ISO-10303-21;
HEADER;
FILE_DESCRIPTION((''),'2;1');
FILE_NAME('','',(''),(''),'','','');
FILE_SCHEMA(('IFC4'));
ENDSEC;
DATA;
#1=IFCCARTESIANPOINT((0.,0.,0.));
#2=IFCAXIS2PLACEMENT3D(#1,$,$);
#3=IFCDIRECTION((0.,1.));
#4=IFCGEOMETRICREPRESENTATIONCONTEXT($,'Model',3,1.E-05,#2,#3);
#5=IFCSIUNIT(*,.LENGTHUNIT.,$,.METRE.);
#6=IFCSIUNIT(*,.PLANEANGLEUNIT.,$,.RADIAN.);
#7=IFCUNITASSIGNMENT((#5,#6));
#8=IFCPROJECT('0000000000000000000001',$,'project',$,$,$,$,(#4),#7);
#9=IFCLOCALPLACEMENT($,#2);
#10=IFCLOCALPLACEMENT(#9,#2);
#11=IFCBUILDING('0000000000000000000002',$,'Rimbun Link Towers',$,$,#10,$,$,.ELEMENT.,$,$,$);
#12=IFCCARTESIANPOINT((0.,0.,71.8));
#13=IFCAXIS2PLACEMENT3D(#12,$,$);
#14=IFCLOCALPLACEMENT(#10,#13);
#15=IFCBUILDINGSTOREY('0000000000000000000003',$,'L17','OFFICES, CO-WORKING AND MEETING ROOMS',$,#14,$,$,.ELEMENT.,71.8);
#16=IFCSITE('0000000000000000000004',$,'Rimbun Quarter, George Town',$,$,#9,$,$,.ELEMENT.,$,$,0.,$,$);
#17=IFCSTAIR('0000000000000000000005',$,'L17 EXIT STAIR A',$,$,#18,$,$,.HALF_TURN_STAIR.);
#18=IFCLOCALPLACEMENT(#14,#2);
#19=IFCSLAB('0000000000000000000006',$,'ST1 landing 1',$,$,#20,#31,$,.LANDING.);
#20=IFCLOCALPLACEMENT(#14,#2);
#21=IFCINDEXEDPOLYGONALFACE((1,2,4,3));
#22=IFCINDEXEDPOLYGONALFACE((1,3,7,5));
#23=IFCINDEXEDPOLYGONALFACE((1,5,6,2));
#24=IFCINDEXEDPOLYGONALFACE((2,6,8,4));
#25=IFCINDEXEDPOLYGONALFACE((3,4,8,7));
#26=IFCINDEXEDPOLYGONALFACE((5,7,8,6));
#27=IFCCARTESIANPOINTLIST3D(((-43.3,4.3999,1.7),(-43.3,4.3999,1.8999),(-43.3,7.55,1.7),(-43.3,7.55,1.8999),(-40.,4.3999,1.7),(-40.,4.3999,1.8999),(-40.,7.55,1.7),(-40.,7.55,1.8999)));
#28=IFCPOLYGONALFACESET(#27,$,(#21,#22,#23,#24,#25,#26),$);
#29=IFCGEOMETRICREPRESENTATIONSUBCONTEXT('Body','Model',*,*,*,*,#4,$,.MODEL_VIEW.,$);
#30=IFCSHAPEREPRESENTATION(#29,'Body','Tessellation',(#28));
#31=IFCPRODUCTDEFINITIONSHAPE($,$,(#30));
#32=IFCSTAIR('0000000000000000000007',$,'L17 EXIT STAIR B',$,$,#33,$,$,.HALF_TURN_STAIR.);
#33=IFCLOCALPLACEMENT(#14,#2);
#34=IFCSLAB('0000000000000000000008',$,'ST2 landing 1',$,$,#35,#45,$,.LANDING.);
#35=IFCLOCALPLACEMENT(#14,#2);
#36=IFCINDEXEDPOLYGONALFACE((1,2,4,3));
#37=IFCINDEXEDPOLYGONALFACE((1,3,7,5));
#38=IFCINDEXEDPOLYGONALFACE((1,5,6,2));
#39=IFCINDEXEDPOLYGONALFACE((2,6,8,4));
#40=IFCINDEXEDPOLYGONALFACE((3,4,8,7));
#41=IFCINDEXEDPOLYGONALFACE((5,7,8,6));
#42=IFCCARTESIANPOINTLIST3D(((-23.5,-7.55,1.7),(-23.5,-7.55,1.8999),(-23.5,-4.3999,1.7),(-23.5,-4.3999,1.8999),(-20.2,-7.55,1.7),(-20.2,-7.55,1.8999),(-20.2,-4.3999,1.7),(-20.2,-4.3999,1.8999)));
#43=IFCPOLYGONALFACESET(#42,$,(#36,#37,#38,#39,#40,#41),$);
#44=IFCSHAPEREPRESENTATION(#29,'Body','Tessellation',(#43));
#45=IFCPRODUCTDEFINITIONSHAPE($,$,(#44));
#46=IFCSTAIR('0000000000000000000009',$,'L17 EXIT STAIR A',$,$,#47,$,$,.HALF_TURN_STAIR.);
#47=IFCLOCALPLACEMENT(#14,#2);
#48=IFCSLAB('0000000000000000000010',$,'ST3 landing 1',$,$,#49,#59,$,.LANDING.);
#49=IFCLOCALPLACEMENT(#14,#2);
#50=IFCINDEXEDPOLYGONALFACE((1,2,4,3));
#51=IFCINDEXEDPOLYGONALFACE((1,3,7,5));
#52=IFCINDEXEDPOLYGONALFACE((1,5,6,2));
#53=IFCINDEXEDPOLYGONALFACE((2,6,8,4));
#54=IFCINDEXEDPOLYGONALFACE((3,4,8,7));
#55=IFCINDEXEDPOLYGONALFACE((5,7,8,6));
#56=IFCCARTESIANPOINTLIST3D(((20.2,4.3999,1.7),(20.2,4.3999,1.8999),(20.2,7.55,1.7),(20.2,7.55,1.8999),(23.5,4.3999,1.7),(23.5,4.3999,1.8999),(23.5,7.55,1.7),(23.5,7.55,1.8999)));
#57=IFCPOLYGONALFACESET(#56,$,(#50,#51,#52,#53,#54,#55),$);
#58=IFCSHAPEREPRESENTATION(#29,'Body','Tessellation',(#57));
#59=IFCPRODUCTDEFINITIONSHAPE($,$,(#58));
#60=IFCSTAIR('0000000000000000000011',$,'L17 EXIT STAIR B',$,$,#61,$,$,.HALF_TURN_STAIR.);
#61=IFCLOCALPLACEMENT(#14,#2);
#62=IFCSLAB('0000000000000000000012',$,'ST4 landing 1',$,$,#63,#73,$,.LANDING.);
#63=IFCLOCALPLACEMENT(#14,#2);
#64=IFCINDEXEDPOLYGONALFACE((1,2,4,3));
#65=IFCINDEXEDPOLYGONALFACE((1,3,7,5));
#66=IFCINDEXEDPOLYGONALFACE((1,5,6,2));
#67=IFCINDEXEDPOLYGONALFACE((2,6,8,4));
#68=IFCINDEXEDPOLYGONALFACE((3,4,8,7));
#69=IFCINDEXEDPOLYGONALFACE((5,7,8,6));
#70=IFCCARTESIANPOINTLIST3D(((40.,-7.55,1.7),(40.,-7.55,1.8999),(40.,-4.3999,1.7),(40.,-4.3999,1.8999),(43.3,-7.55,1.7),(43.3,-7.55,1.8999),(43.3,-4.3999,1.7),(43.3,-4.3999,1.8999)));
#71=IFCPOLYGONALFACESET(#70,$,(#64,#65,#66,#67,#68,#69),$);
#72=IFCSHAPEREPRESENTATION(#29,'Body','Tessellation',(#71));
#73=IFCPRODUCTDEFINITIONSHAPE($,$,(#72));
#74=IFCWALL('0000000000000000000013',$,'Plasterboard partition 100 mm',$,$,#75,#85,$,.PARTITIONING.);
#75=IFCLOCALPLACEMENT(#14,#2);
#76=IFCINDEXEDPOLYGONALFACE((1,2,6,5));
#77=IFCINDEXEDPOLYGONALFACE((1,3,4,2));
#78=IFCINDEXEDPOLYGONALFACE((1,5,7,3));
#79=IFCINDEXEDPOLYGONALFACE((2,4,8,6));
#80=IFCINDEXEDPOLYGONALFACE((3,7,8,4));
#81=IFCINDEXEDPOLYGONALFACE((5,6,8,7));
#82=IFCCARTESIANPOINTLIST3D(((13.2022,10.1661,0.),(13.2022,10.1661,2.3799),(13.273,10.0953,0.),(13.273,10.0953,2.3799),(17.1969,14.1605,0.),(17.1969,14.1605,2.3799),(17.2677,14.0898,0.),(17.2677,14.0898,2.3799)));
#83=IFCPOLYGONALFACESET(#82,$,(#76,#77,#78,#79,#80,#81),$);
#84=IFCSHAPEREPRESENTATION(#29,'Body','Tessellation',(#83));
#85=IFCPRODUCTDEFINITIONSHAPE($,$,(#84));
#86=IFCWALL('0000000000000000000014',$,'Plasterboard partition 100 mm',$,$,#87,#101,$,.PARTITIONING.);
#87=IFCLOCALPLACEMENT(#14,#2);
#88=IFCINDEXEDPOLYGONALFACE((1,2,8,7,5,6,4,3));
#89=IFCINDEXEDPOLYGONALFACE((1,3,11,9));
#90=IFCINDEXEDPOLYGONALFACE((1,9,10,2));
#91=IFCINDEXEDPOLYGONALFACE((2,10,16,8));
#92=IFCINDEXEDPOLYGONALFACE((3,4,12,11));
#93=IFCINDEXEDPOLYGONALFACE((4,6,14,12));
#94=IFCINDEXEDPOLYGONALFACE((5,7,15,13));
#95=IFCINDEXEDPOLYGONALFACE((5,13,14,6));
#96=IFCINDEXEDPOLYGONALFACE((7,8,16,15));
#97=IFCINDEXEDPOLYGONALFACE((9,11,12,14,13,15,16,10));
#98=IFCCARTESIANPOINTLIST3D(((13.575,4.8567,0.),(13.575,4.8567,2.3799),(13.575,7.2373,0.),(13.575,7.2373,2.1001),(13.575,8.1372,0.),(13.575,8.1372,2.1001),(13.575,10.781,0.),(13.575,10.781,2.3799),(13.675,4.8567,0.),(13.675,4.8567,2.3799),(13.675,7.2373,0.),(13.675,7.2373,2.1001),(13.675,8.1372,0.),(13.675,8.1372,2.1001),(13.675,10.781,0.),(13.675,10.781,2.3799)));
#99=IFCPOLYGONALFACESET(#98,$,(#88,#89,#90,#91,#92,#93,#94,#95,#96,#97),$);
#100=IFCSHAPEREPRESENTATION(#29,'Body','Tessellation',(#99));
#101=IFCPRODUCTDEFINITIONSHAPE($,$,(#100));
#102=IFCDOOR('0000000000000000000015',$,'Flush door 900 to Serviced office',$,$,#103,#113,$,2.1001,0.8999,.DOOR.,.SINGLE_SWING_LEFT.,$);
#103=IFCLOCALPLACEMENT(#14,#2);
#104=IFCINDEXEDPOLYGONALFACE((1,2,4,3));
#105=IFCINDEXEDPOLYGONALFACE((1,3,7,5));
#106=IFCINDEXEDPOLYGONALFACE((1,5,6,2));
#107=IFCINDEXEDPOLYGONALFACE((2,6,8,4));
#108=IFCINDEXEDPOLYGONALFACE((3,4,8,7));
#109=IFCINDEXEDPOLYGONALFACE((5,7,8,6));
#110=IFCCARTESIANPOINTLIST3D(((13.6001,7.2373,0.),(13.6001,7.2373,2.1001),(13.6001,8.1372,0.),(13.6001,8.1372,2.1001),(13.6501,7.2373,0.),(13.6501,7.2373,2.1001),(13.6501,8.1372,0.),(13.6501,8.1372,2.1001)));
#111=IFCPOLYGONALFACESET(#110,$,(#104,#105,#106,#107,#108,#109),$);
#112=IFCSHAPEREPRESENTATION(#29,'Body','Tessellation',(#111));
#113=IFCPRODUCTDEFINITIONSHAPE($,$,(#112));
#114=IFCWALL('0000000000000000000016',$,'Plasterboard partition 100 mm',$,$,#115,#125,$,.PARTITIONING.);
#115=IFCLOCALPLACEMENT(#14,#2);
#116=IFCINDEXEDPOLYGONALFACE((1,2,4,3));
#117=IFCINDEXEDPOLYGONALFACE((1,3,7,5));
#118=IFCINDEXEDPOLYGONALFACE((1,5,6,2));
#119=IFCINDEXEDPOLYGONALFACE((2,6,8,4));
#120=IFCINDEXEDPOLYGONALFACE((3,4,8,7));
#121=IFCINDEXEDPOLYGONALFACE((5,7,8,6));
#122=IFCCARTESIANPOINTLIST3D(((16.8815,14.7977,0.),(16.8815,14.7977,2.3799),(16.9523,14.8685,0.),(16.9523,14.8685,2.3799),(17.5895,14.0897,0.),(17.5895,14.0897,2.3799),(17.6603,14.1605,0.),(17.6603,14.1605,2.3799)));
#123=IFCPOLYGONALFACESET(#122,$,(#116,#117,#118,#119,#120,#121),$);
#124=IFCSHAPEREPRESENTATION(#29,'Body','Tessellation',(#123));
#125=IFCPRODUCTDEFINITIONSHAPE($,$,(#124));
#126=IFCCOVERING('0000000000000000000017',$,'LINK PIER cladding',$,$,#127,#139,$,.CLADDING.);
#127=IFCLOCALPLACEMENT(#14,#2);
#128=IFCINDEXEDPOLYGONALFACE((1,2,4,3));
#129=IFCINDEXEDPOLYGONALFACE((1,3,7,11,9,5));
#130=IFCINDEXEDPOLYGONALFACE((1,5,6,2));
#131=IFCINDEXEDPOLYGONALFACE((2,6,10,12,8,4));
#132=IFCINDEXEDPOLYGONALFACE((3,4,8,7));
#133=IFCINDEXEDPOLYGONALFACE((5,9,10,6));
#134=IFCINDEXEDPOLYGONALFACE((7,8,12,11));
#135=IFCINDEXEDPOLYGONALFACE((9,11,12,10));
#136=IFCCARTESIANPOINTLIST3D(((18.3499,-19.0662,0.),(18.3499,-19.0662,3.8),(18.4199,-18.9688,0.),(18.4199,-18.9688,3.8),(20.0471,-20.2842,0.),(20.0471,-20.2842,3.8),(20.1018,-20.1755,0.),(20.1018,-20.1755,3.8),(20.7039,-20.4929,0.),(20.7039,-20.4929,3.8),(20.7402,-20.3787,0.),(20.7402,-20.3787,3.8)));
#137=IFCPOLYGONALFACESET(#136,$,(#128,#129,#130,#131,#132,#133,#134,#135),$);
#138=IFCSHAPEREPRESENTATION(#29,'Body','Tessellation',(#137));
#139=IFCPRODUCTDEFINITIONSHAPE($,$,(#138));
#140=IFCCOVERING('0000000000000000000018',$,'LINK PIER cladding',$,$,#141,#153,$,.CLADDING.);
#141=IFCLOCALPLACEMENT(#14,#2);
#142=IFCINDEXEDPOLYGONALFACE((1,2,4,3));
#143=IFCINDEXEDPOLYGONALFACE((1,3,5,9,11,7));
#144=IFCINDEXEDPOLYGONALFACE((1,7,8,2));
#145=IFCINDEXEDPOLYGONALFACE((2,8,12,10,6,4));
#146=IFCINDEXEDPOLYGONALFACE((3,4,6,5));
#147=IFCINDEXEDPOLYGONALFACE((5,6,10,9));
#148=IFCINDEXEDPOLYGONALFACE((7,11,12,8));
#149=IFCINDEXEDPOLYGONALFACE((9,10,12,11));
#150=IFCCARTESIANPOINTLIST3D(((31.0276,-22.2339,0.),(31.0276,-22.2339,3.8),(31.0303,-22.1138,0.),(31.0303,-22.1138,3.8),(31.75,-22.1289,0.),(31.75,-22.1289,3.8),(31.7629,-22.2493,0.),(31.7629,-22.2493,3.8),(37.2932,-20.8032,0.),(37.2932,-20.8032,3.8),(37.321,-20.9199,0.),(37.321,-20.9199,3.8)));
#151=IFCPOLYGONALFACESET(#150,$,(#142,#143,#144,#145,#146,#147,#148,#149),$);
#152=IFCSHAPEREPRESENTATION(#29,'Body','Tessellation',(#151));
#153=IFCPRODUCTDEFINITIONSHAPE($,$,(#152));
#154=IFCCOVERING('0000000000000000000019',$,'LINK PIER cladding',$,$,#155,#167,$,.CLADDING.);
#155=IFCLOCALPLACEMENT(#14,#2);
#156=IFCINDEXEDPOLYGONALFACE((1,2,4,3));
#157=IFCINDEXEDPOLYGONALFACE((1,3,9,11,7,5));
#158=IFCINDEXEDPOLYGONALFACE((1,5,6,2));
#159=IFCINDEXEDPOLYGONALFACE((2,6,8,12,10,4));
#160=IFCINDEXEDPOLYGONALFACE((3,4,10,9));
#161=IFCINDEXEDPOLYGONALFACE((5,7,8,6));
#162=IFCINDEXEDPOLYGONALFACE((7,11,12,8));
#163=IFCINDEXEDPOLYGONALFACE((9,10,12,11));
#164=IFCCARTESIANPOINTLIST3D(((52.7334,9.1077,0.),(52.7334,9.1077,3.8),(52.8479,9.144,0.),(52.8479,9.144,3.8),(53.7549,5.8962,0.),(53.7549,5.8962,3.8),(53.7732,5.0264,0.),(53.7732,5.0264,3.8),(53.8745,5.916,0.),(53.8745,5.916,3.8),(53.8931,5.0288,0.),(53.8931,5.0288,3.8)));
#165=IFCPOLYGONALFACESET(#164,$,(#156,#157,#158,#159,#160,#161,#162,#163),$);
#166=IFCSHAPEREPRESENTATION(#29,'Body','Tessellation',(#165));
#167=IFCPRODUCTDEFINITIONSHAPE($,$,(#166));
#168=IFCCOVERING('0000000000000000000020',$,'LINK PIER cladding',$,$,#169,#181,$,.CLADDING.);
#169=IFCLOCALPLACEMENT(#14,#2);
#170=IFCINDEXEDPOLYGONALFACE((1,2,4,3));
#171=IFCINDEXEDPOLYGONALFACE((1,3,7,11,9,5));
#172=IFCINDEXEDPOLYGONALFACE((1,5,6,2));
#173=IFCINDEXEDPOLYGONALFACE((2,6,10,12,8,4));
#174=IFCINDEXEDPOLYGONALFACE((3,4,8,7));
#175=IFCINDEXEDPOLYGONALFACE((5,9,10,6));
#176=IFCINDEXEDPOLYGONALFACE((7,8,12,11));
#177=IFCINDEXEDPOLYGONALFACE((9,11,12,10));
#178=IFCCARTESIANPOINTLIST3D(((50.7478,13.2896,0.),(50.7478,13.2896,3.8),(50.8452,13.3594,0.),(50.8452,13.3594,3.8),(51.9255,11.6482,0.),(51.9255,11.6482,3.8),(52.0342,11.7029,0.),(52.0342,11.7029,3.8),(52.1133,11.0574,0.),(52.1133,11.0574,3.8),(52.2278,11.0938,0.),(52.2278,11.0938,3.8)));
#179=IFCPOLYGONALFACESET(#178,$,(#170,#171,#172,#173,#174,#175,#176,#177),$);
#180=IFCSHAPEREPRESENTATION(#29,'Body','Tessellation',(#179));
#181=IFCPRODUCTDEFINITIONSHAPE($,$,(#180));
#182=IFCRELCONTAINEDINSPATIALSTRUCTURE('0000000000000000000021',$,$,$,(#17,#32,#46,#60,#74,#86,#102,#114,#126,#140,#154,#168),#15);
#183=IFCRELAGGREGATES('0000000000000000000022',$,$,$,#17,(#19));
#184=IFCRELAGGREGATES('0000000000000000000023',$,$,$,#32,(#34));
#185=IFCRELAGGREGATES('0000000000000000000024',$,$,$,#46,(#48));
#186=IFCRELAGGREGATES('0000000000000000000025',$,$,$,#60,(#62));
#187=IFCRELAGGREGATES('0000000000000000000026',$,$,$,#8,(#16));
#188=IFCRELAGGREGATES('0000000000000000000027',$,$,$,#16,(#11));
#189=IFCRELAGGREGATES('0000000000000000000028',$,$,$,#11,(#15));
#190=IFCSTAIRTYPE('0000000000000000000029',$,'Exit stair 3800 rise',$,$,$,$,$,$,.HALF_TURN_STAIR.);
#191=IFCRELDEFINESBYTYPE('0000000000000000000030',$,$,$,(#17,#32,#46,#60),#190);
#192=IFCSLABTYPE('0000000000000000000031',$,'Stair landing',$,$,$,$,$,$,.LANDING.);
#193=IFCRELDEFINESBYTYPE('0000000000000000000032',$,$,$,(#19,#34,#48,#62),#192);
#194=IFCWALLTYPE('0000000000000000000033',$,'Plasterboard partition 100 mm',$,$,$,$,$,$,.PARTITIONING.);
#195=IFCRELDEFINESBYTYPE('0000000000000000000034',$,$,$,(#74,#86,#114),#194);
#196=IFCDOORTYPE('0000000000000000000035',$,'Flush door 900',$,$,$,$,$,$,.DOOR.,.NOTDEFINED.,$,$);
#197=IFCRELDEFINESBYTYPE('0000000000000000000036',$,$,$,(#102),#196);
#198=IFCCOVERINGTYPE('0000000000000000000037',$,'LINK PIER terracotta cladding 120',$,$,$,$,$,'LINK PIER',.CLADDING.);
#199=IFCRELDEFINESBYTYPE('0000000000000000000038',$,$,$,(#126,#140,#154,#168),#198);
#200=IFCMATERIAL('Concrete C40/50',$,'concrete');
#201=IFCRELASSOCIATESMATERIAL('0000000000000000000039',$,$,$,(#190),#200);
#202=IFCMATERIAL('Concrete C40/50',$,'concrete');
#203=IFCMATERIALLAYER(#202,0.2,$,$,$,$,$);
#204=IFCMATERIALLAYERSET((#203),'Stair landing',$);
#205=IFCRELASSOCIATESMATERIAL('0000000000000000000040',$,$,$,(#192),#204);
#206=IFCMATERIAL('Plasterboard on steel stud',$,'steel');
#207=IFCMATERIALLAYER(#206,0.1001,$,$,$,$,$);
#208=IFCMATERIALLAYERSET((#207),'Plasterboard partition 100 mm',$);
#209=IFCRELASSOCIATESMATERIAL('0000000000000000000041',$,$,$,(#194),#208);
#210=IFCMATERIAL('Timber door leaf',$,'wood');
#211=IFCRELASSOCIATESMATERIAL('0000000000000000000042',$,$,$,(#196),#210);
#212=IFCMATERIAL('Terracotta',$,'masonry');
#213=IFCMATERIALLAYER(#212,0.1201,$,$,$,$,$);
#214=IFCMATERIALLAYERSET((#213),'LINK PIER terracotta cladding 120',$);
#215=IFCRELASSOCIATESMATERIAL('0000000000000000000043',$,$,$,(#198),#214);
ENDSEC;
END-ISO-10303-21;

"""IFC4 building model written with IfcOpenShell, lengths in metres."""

from ifc_helpers import new_model, si_unit, direction, frame, frame_2d, origin, place, context, subcontext, project, spatial, polyline, rectangle, outline, extrude, material, layer, layer_set, type_object, element, fill, aggregate, save


model = new_model("IFC4")

# Units and contexts
model_context = context("Model", 3, precision=1e-05, world=origin(), true_north=direction((0.0, 1.0)))
body_context = subcontext(model_context, "Body", "Model", "MODEL_VIEW")
ifc_project = project(units=[si_unit("LENGTHUNIT", "METRE"), si_unit("PLANEANGLEUNIT", "RADIAN")], contexts=[model_context])

# Site, building, storey
site_placement = place(None, origin())
site = spatial("IfcSite", under=ifc_project, at=site_placement, Name="Rimbun Quarter, George Town", CompositionType="ELEMENT", RefElevation=0.0)
building_placement = place(site_placement, origin())
building = spatial("IfcBuilding", under=site, at=building_placement, Name="Rimbun Link Towers", CompositionType="ELEMENT")
storey_placement = place(building_placement, frame((0.0, 0.0, 71.8)))
storey = spatial("IfcBuildingStorey", under=building, at=storey_placement, Name="L17", Description="OFFICES, CO-WORKING AND MEETING ROOMS", CompositionType="ELEMENT", Elevation=71.8)

# Stairs, slabs
ifc_material_1 = material(Name="Concrete C40/50", Category="concrete")
stair_type = type_object("IfcStairType", Name="Exit stair 3800 rise", PredefinedType="HALF_TURN_STAIR", material=ifc_material_1)
stair_1_placement = place(storey_placement, origin())
stair_1 = element("IfcStair", 1, at=stair_1_placement, inside=storey, type_object=stair_type, Name="L17 EXIT STAIR A", PredefinedType="HALF_TURN_STAIR")
ifc_material_2 = material(Name="Concrete C40/50", Category="concrete")
ifc_layer_1 = layer(ifc_material_2, 0.2)
ifc_layer_set_1 = layer_set([ifc_layer_1], Name="Stair landing")
slab_type = type_object("IfcSlabType", Name="Stair landing", PredefinedType="LANDING", material=ifc_layer_set_1)
slab_1_placement = place(storey_placement, frame((0.0, 0.0, 1.7)))
slab_1 = element("IfcSlab", 2, at=slab_1_placement, type_object=slab_type, Name="ST1 landing 1", PredefinedType="LANDING", context=body_context, shape_type="SweptSolid", body=[
    extrude(outline(polyline([(-40.0, 7.55), (-43.3, 7.55), (-43.3, 4.3999), (-40.0, 4.3999), (-40.0, 7.55)])), origin(), (0.0, 0.0, 1.0), 0.2),
])
aggregate(stair_1, [slab_1])
stair_2_placement = place(storey_placement, origin())
stair_2 = element("IfcStair", 3, at=stair_2_placement, inside=storey, type_object=stair_type, Name="L17 EXIT STAIR B", PredefinedType="HALF_TURN_STAIR")
slab_2_placement = place(storey_placement, frame((0.0, 0.0, 1.7)))
slab_2 = element("IfcSlab", 4, at=slab_2_placement, type_object=slab_type, Name="ST2 landing 1", PredefinedType="LANDING", context=body_context, shape_type="SweptSolid", body=[
    extrude(outline(polyline([(-23.5, -7.55), (-20.2, -7.55), (-20.2, -4.3999), (-23.5, -4.3999), (-23.5, -7.55)])), origin(), (0.0, 0.0, 1.0), 0.2),
])
aggregate(stair_2, [slab_2])
stair_3_placement = place(storey_placement, origin())
stair_3 = element("IfcStair", 5, at=stair_3_placement, inside=storey, type_object=stair_type, Name="L17 EXIT STAIR A", PredefinedType="HALF_TURN_STAIR")
slab_3_placement = place(storey_placement, frame((0.0, 0.0, 1.7)))
slab_3 = element("IfcSlab", 6, at=slab_3_placement, type_object=slab_type, Name="ST3 landing 1", PredefinedType="LANDING", context=body_context, shape_type="SweptSolid", body=[
    extrude(outline(polyline([(23.5, 7.55), (20.2, 7.55), (20.2, 4.3999), (23.5, 4.3999), (23.5, 7.55)])), origin(), (0.0, 0.0, 1.0), 0.2),
])
aggregate(stair_3, [slab_3])
stair_4_placement = place(storey_placement, origin())
stair_4 = element("IfcStair", 7, at=stair_4_placement, inside=storey, type_object=stair_type, Name="L17 EXIT STAIR B", PredefinedType="HALF_TURN_STAIR")
slab_4_placement = place(storey_placement, frame((0.0, 0.0, 1.7)))
slab_4 = element("IfcSlab", 8, at=slab_4_placement, type_object=slab_type, Name="ST4 landing 1", PredefinedType="LANDING", context=body_context, shape_type="SweptSolid", body=[
    extrude(outline(polyline([(40.0, -7.55), (43.3, -7.55), (43.3, -4.3999), (40.0, -4.3999), (40.0, -7.55)])), origin(), (0.0, 0.0, 1.0), 0.2),
])
aggregate(stair_4, [slab_4])

# Wall
ifc_material_3 = material(Name="Plasterboard on steel stud", Category="steel")
ifc_layer_2 = layer(ifc_material_3, 0.1001)
ifc_layer_set_2 = layer_set([ifc_layer_2], Name="Plasterboard partition 100 mm")
wall_type = type_object("IfcWallType", Name="Plasterboard partition 100 mm", PredefinedType="PARTITIONING", material=ifc_layer_set_2)
wall_1_placement = place(storey_placement, frame((13.2375, 10.1306, 0.0), z_axis=(0.0, 0.0, 1.0), x_axis=(0.707128, 0.707085, 0.0)))
element("IfcWall", 9, at=wall_1_placement, inside=storey, type_object=wall_type, Name="Plasterboard partition 100 mm", PredefinedType="PARTITIONING", context=body_context, shape_type="SweptSolid", body=[
    extrude(rectangle(XDim=5.6492, YDim=0.1001, at=frame_2d((2.8247, 0.0))), origin(), (0.0, 0.0, 1.0), 2.3799),
])

# Wall, opening, door
wall_2_placement = place(storey_placement, frame((13.625, 4.8567, 0.0), z_axis=(0.0, 0.0, 1.0), x_axis=(0.0, 1.0, 0.0)))
wall_2 = element("IfcWall", 10, at=wall_2_placement, inside=storey, type_object=wall_type, Name="Plasterboard partition 100 mm", PredefinedType="PARTITIONING", context=body_context, shape_type="SweptSolid", body=[
    extrude(rectangle(XDim=5.9243, YDim=0.1001, at=frame_2d((2.9622, 0.0))), origin(), (0.0, 0.0, 1.0), 2.3799),
])
opening_placement = place(wall_2_placement, frame((2.3806, 0.0, 0.0)))
opening = element("IfcOpeningElement", 11, at=opening_placement, cuts=wall_2, PredefinedType="OPENING", context=body_context, shape_type="SweptSolid", body=[
    extrude(rectangle(XDim=0.8999, YDim=2.1001, at=frame_2d((0.45, 1.05))), frame((0.0, 0.0601, 0.0), z_axis=(0.0, -1.0, 0.0), x_axis=(1.0, 0.0, 0.0)), (0.0, 0.0, 1.0), 0.1201),
])
ifc_material_4 = material(Name="Timber door leaf", Category="wood")
door_type = type_object("IfcDoorType", Name="Flush door 900", OperationType="NOTDEFINED", PredefinedType="DOOR", material=ifc_material_4)
door_placement = place(opening_placement, origin())
door = element("IfcDoor", 12, at=door_placement, inside=storey, type_object=door_type, Name="Flush door 900 to Serviced office", OperationType="SINGLE_SWING_LEFT", OverallHeight=2.1001, OverallWidth=0.8999, PredefinedType="DOOR", context=body_context, shape_type="SweptSolid", body=[
    extrude(rectangle(XDim=0.8999, YDim=2.1001, at=frame_2d((0.45, 1.05))), frame((0.0, 0.0249, 0.0), z_axis=(0.0, -1.0, 0.0), x_axis=(1.0, 0.0, 0.0)), (0.0, 0.0, 1.0), 0.05),
])
fill(opening, door)

# Wall
wall_3_placement = place(storey_placement, frame((16.917, 14.833, 0.0), z_axis=(0.0, 0.0, 1.0), x_axis=(0.707107, -0.707107, 0.0)))
element("IfcWall", 13, at=wall_3_placement, inside=storey, type_object=wall_type, Name="Plasterboard partition 100 mm", PredefinedType="PARTITIONING", context=body_context, shape_type="SweptSolid", body=[
    extrude(rectangle(XDim=1.0012, YDim=0.1001, at=frame_2d((0.5005, 0.0))), origin(), (0.0, 0.0, 1.0), 2.3799),
])

# Coverings
ifc_material_5 = material(Name="Terracotta", Category="masonry")
ifc_layer_3 = layer(ifc_material_5, 0.1201)
ifc_layer_set_3 = layer_set([ifc_layer_3], Name="LINK PIER terracotta cladding 120")
covering_type_1 = type_object("IfcCoveringType", Name="LINK PIER terracotta cladding 120", ElementType="LINK PIER", PredefinedType="CLADDING", material=ifc_layer_set_3)
covering_1_placement = place(storey_placement, origin())
element("IfcCovering", 14, at=covering_1_placement, inside=storey, type_object=covering_type_1, Name="LINK PIER cladding", PredefinedType="CLADDING", context=body_context, shape_type="SweptSolid", body=[
    extrude(outline(polyline([(20.7402, -20.3787), (20.1018, -20.1755), (18.4199, -18.9688), (18.3499, -19.0662), (20.0471, -20.2842), (20.7039, -20.4929), (20.7402, -20.3787)])), origin(), (0.0, 0.0, 1.0), 3.8),
])
covering_2_placement = place(storey_placement, origin())
element("IfcCovering", 15, at=covering_2_placement, inside=storey, type_object=covering_type_1, Name="LINK PIER cladding", PredefinedType="CLADDING", context=body_context, shape_type="SweptSolid", body=[
    extrude(outline(polyline([(37.2932, -20.8032), (31.75, -22.1289), (31.0303, -22.1138), (31.0276, -22.2339), (31.7629, -22.2493), (37.321, -20.9199), (37.2932, -20.8032)])), origin(), (0.0, 0.0, 1.0), 3.8),
])
covering_3_placement = place(storey_placement, origin())
element("IfcCovering", 16, at=covering_3_placement, inside=storey, type_object=covering_type_1, Name="LINK PIER cladding", PredefinedType="CLADDING", context=body_context, shape_type="SweptSolid", body=[
    extrude(outline(polyline([(52.7334, 9.1077), (53.7549, 5.8962), (53.7732, 5.0264), (53.8931, 5.0288), (53.8745, 5.916), (52.8479, 9.144), (52.7334, 9.1077)])), origin(), (0.0, 0.0, 1.0), 3.8),
])
covering_4_placement = place(storey_placement, origin())
element("IfcCovering", 17, at=covering_4_placement, inside=storey, type_object=covering_type_1, Name="LINK PIER cladding", PredefinedType="CLADDING", context=body_context, shape_type="SweptSolid", body=[
    extrude(outline(polyline([(50.7478, 13.2896), (51.9255, 11.6482), (52.1133, 11.0574), (52.2278, 11.0938), (52.0342, 11.7029), (50.8452, 13.3594), (50.7478, 13.2896)])), origin(), (0.0, 0.0, 1.0), 3.8),
])

save(model, "model.ifc")
